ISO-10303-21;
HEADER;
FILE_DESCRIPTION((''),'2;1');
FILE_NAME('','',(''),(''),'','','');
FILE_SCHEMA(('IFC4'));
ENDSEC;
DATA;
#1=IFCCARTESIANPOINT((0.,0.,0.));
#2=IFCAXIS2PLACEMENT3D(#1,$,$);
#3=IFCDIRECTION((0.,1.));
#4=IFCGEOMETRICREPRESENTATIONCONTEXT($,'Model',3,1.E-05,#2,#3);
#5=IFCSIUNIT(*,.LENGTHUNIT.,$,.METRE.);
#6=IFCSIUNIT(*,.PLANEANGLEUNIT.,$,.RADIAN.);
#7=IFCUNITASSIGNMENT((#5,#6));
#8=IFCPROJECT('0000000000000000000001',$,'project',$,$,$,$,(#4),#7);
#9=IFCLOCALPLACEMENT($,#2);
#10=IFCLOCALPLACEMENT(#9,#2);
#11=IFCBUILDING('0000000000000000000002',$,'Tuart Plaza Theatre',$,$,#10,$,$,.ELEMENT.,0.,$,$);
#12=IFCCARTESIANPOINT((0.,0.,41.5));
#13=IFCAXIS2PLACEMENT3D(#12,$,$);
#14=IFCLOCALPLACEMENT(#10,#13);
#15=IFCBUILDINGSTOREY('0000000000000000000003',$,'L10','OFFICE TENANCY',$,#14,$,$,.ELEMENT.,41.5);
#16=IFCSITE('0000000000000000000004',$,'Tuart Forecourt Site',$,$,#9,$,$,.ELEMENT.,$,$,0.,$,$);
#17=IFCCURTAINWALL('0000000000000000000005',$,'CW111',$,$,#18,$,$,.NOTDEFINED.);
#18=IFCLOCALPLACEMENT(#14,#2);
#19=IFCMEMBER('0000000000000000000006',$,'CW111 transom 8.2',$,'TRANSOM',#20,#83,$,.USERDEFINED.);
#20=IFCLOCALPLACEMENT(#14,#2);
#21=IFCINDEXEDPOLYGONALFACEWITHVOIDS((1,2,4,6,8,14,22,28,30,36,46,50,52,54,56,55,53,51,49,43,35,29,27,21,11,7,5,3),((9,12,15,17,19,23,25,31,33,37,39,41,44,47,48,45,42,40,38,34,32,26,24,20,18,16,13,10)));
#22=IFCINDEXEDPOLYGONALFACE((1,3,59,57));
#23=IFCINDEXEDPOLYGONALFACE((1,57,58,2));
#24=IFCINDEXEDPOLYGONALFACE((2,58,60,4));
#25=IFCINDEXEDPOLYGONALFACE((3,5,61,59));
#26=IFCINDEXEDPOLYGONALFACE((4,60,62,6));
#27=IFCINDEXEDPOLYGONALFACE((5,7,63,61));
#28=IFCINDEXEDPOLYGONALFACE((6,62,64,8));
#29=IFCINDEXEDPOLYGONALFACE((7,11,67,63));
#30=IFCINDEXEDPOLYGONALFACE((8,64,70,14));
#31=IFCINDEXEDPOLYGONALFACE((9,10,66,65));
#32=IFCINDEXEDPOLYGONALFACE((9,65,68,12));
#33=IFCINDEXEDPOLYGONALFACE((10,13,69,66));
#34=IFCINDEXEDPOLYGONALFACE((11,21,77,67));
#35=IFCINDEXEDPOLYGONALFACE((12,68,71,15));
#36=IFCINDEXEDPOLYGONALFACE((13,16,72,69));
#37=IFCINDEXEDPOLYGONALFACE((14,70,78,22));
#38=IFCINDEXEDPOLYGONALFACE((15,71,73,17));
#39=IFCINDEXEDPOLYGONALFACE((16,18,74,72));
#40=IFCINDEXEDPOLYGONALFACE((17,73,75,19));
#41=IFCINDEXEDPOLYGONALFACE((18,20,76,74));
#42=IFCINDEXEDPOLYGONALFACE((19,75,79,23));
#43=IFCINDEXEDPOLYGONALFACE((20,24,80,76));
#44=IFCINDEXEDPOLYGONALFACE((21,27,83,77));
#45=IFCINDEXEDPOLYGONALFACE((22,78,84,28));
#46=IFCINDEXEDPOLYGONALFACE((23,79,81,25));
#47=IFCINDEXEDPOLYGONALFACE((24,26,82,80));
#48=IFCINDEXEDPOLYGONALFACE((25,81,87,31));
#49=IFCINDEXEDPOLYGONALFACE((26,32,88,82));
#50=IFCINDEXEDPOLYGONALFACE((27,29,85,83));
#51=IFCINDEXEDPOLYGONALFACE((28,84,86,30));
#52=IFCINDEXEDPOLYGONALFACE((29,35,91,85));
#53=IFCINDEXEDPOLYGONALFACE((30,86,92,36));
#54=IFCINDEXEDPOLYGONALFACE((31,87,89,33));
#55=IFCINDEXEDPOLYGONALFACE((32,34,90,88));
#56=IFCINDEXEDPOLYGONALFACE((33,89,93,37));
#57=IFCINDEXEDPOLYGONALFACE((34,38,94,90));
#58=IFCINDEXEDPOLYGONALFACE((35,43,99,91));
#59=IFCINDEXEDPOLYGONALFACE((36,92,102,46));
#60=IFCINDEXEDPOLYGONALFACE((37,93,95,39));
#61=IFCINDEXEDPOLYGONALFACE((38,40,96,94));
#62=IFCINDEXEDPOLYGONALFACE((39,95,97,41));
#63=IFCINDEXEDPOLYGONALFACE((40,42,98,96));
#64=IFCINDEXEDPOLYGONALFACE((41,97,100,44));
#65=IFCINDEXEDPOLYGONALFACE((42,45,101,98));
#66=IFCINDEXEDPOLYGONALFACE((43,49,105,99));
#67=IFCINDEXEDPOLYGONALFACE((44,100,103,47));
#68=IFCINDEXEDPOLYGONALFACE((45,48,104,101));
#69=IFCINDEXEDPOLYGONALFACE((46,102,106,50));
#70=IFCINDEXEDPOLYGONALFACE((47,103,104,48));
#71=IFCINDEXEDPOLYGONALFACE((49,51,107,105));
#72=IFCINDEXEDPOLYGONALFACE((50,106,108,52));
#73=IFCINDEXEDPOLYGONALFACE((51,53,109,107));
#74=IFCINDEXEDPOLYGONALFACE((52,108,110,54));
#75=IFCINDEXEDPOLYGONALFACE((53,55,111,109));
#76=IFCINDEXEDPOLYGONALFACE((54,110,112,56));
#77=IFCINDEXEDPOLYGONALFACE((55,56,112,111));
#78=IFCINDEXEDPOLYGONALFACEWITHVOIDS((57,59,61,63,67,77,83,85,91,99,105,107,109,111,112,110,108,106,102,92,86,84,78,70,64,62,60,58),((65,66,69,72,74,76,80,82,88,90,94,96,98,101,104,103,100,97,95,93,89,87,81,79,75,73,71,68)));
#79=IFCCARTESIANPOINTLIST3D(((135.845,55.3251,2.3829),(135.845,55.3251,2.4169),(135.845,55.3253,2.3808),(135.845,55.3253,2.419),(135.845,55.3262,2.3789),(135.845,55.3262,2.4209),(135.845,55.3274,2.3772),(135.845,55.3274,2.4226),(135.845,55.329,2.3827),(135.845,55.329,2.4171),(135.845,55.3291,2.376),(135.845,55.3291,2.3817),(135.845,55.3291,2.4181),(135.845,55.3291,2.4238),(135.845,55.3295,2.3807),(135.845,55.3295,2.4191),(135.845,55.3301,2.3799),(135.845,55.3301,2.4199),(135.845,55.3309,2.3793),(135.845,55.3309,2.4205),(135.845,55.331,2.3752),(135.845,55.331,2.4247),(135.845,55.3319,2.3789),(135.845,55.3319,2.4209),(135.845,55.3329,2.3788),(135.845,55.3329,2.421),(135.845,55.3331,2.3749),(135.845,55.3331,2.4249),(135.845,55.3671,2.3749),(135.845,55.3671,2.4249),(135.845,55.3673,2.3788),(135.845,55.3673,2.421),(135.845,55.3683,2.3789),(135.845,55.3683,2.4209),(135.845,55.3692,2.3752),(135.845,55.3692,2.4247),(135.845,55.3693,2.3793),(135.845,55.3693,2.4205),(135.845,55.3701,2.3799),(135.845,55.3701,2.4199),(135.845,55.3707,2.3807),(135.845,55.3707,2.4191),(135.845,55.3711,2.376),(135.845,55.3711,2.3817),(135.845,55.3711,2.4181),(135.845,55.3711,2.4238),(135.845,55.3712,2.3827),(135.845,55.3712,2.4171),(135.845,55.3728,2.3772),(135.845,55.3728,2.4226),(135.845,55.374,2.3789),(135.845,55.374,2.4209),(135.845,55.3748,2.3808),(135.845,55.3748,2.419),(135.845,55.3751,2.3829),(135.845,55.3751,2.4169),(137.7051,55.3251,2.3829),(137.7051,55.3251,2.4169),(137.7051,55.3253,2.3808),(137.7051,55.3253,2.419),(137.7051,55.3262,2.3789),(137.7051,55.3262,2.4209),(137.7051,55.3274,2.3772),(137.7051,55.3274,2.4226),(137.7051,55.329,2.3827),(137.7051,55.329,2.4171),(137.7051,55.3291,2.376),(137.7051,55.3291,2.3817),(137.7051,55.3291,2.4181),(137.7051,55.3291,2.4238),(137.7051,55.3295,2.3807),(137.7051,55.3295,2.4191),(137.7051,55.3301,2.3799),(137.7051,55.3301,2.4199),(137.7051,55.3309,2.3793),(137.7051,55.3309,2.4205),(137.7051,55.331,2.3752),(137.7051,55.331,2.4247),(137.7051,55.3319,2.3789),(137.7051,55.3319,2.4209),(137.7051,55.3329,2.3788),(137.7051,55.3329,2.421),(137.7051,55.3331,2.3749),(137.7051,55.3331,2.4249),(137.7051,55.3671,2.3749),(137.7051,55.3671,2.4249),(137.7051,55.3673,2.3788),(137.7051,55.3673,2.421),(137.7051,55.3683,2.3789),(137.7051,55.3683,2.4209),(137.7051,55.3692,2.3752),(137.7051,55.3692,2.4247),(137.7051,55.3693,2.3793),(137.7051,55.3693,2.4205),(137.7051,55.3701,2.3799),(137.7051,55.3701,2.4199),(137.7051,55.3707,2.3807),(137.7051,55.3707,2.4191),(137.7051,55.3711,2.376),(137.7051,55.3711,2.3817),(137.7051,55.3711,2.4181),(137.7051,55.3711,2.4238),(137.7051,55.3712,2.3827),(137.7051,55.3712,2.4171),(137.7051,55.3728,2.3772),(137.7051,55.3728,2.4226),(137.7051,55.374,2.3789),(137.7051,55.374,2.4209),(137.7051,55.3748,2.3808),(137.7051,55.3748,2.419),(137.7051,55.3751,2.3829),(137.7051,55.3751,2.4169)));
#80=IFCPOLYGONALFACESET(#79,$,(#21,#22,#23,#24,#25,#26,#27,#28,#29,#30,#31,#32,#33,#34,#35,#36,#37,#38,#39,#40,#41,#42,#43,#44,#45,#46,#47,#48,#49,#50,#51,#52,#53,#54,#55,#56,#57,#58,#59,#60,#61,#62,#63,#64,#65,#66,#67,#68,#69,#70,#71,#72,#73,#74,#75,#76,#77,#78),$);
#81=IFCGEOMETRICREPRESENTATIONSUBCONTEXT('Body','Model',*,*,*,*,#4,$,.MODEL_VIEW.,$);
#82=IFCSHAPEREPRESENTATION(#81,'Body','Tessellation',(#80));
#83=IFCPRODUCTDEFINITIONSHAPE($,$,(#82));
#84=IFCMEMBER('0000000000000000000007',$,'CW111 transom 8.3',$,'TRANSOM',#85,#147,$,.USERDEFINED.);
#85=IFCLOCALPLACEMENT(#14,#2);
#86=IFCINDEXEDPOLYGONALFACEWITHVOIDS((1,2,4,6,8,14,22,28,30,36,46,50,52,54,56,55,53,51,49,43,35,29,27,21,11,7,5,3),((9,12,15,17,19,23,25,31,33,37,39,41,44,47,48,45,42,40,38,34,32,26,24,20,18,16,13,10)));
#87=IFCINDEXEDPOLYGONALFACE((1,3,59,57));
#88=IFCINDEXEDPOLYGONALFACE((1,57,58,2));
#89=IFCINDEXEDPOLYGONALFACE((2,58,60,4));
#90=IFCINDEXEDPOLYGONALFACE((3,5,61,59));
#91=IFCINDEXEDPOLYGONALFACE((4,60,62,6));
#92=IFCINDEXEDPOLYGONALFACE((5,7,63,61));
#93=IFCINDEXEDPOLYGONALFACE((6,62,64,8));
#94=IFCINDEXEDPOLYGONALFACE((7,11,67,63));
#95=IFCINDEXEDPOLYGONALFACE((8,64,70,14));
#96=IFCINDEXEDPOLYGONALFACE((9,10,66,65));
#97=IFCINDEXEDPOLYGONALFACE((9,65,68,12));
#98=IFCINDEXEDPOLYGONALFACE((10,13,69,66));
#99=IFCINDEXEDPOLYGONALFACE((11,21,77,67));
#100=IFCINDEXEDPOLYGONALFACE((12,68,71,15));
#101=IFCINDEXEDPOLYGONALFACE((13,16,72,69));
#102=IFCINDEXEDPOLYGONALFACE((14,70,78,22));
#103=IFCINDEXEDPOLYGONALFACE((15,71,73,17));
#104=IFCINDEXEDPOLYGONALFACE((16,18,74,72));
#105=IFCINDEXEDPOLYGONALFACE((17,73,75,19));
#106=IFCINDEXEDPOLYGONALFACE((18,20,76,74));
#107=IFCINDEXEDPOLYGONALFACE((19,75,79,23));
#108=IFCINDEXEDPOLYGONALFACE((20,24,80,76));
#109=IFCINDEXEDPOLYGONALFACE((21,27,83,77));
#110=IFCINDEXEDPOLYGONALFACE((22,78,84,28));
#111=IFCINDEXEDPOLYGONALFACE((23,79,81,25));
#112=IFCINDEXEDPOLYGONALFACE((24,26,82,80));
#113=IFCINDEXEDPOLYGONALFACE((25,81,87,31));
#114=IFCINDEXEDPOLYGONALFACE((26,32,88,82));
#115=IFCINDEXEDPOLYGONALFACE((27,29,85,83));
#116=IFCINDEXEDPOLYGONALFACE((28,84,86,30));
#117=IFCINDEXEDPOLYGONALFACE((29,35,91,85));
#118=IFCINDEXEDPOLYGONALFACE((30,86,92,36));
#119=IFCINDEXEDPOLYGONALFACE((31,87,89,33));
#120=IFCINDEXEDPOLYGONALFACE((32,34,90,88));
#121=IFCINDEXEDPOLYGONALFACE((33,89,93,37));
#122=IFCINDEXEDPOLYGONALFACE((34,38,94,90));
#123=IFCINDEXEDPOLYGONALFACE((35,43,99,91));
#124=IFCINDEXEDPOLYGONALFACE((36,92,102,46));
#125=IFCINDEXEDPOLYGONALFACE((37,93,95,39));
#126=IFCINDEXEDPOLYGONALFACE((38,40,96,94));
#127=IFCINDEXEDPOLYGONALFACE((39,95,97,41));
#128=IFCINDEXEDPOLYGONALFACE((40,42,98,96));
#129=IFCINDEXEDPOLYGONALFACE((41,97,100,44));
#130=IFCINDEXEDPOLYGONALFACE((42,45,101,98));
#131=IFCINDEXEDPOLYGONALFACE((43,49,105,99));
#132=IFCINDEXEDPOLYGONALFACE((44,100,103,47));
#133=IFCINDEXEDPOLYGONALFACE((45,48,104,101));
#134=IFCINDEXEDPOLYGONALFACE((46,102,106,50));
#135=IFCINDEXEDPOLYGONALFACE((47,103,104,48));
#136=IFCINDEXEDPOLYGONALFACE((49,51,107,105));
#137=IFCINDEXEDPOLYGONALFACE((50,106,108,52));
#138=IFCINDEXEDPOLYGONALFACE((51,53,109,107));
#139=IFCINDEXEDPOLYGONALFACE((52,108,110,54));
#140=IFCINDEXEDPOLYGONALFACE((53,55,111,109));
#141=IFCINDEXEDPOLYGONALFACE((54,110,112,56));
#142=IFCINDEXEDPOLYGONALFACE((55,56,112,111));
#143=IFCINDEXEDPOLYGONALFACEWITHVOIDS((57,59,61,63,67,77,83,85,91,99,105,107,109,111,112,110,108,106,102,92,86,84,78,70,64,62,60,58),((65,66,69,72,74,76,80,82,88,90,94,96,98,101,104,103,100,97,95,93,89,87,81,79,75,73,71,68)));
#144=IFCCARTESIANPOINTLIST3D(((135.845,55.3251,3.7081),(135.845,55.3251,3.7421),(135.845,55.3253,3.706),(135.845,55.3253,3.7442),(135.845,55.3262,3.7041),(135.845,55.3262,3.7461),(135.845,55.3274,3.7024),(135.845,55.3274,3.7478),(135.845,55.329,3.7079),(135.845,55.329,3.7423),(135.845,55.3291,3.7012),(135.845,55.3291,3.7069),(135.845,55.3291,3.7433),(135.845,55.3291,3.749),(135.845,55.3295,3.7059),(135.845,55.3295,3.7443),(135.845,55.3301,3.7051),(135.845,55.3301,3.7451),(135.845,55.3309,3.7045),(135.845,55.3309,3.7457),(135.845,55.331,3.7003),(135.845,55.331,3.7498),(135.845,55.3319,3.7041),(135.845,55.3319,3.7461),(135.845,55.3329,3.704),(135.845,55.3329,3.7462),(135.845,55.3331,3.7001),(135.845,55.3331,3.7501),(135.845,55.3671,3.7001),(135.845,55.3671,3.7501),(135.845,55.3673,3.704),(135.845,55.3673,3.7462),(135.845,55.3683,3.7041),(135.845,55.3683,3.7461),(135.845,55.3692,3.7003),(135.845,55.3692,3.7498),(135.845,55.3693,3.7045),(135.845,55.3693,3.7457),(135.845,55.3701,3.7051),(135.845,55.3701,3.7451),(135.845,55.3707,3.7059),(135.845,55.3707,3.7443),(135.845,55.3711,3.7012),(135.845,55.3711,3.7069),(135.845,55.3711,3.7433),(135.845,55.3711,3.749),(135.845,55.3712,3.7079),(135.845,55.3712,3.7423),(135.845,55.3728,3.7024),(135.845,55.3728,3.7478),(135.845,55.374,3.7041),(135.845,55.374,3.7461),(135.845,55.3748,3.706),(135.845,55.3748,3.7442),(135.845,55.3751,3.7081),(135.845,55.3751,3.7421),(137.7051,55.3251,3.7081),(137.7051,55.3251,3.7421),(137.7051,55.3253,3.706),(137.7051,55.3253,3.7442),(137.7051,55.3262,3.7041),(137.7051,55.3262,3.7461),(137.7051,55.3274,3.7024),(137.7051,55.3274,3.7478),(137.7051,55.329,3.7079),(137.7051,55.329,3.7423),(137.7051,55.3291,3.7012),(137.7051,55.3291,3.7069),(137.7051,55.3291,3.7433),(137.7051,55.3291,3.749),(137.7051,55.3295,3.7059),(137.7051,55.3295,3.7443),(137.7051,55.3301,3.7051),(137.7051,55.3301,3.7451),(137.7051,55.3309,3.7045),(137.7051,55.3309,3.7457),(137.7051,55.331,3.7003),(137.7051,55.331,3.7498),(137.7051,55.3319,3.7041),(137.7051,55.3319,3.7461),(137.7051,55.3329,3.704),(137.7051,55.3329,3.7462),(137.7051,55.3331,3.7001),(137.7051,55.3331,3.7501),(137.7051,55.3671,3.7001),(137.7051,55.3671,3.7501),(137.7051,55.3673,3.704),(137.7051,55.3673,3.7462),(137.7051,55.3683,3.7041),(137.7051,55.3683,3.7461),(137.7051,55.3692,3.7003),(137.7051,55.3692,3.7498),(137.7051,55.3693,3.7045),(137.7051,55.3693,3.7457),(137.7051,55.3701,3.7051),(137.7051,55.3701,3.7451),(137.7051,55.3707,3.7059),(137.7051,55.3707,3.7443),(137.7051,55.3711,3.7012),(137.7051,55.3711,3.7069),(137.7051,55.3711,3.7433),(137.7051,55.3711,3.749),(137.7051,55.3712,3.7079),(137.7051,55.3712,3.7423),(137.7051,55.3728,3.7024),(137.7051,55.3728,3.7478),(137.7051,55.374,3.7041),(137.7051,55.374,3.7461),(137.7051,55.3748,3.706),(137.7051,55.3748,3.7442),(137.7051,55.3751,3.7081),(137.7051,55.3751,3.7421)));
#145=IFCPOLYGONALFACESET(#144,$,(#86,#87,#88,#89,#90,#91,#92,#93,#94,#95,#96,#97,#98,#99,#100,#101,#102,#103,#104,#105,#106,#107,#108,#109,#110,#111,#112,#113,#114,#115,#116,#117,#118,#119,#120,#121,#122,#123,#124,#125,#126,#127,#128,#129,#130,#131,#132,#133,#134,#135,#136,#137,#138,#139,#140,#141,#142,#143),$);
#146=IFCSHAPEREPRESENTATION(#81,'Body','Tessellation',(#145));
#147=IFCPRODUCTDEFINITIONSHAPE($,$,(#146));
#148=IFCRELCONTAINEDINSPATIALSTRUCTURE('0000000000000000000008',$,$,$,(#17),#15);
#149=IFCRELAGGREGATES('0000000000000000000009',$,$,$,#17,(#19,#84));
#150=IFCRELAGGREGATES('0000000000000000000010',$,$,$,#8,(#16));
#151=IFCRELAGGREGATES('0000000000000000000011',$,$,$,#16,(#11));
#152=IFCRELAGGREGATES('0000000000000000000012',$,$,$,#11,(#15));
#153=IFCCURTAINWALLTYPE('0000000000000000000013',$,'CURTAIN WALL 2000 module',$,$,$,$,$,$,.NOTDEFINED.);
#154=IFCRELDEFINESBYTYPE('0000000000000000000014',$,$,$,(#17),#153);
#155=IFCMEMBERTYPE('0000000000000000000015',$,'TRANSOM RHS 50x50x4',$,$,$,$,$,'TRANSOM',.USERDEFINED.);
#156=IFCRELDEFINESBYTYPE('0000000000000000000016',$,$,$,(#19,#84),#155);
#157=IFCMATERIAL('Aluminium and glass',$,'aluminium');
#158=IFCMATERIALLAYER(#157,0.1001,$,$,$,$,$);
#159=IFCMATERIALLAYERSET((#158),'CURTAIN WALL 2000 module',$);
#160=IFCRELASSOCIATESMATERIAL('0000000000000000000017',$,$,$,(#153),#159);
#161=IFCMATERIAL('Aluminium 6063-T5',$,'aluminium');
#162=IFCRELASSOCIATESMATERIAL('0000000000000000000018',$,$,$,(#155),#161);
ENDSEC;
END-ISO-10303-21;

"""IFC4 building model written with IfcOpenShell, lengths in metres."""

from ifc_helpers import new_model, si_unit, direction, frame, origin, origin_2d, place, context, subcontext, project, spatial, hollow_rectangle, extrude, material, layer, layer_set, material_profile, profile_set, type_object, element, aggregate, save


model = new_model("IFC4")

# Units and contexts
model_context = context("Model", 3, precision=1e-05, world=origin(), true_north=direction((0.0, 1.0)))
body_context = subcontext(model_context, "Body", "Model", "MODEL_VIEW")
ifc_project = project(units=[si_unit("LENGTHUNIT", "METRE"), si_unit("PLANEANGLEUNIT", "RADIAN")], contexts=[model_context])

# Site, building, storey
site_placement = place(None, origin())
site = spatial("IfcSite", under=ifc_project, at=site_placement, Name="Tuart Forecourt Site", CompositionType="ELEMENT", RefElevation=0.0)
building_placement = place(site_placement, origin())
building = spatial("IfcBuilding", under=site, at=building_placement, Name="Tuart Plaza Theatre", CompositionType="ELEMENT", ElevationOfRefHeight=0.0)
storey_placement = place(building_placement, frame((0.0, 0.0, 41.5)))
storey = spatial("IfcBuildingStorey", under=building, at=storey_placement, Name="L10", Description="OFFICE TENANCY", CompositionType="ELEMENT", Elevation=41.5)

# Curtain wall, members
ifc_material_1 = material(Name="Aluminium and glass", Category="aluminium")
ifc_layer_1 = layer(ifc_material_1, 0.1001)
ifc_layer_set_1 = layer_set([ifc_layer_1], Name="CURTAIN WALL 2000 module")
curtain_wall_type = type_object("IfcCurtainWallType", Name="CURTAIN WALL 2000 module", PredefinedType="NOTDEFINED", material=ifc_layer_set_1)
curtain_wall_placement = place(storey_placement, origin())
curtain_wall = element("IfcCurtainWall", 1, at=curtain_wall_placement, inside=storey, type_object=curtain_wall_type, Name="CW111", PredefinedType="NOTDEFINED")
ifc_material_2 = material(Name="Aluminium 6063-T5", Category="aluminium")
ifc_material_profile_1 = material_profile(ifc_material_2, hollow_rectangle(XDim=0.05, YDim=0.05, WallThickness=0.0039, InnerFilletRadius=0.0039, OuterFilletRadius=0.0081, at=origin_2d()), Name="RHS 50x50x4")
ifc_profile_set_1 = profile_set([ifc_material_profile_1], Name="Aluminium 6063-T5")
member_type_1 = type_object("IfcMemberType", Name="TRANSOM RHS 50x50x4", ElementType="TRANSOM", PredefinedType="USERDEFINED", material=ifc_profile_set_1)
member_1_placement = place(storey_placement, frame((135.845, 55.3501, 2.3999), z_axis=(1.0, 0.0, 0.0), x_axis=(0.0, 1.0, 0.0)))
member_1 = element("IfcMember", 2, at=member_1_placement, type_object=member_type_1, Name="CW111 transom 8.2", ObjectType="TRANSOM", PredefinedType="USERDEFINED", context=body_context, shape_type="SweptSolid", body=[
    extrude(hollow_rectangle(XDim=0.05, YDim=0.05, WallThickness=0.0039, InnerFilletRadius=0.0039, OuterFilletRadius=0.0081, at=origin_2d()), origin(), (0.0, 0.0, 1.0), 1.8601),
])
member_2_placement = place(storey_placement, frame((135.845, 55.3501, 3.7251), z_axis=(1.0, 0.0, 0.0), x_axis=(0.0, 1.0, 0.0)))
member_2 = element("IfcMember", 3, at=member_2_placement, type_object=member_type_1, Name="CW111 transom 8.3", ObjectType="TRANSOM", PredefinedType="USERDEFINED", context=body_context, shape_type="SweptSolid", body=[
    extrude(hollow_rectangle(XDim=0.05, YDim=0.05, WallThickness=0.0039, InnerFilletRadius=0.0039, OuterFilletRadius=0.0081, at=origin_2d()), origin(), (0.0, 0.0, 1.0), 1.8601),
])
aggregate(curtain_wall, [member_1, member_2])

save(model, "model.ifc")
